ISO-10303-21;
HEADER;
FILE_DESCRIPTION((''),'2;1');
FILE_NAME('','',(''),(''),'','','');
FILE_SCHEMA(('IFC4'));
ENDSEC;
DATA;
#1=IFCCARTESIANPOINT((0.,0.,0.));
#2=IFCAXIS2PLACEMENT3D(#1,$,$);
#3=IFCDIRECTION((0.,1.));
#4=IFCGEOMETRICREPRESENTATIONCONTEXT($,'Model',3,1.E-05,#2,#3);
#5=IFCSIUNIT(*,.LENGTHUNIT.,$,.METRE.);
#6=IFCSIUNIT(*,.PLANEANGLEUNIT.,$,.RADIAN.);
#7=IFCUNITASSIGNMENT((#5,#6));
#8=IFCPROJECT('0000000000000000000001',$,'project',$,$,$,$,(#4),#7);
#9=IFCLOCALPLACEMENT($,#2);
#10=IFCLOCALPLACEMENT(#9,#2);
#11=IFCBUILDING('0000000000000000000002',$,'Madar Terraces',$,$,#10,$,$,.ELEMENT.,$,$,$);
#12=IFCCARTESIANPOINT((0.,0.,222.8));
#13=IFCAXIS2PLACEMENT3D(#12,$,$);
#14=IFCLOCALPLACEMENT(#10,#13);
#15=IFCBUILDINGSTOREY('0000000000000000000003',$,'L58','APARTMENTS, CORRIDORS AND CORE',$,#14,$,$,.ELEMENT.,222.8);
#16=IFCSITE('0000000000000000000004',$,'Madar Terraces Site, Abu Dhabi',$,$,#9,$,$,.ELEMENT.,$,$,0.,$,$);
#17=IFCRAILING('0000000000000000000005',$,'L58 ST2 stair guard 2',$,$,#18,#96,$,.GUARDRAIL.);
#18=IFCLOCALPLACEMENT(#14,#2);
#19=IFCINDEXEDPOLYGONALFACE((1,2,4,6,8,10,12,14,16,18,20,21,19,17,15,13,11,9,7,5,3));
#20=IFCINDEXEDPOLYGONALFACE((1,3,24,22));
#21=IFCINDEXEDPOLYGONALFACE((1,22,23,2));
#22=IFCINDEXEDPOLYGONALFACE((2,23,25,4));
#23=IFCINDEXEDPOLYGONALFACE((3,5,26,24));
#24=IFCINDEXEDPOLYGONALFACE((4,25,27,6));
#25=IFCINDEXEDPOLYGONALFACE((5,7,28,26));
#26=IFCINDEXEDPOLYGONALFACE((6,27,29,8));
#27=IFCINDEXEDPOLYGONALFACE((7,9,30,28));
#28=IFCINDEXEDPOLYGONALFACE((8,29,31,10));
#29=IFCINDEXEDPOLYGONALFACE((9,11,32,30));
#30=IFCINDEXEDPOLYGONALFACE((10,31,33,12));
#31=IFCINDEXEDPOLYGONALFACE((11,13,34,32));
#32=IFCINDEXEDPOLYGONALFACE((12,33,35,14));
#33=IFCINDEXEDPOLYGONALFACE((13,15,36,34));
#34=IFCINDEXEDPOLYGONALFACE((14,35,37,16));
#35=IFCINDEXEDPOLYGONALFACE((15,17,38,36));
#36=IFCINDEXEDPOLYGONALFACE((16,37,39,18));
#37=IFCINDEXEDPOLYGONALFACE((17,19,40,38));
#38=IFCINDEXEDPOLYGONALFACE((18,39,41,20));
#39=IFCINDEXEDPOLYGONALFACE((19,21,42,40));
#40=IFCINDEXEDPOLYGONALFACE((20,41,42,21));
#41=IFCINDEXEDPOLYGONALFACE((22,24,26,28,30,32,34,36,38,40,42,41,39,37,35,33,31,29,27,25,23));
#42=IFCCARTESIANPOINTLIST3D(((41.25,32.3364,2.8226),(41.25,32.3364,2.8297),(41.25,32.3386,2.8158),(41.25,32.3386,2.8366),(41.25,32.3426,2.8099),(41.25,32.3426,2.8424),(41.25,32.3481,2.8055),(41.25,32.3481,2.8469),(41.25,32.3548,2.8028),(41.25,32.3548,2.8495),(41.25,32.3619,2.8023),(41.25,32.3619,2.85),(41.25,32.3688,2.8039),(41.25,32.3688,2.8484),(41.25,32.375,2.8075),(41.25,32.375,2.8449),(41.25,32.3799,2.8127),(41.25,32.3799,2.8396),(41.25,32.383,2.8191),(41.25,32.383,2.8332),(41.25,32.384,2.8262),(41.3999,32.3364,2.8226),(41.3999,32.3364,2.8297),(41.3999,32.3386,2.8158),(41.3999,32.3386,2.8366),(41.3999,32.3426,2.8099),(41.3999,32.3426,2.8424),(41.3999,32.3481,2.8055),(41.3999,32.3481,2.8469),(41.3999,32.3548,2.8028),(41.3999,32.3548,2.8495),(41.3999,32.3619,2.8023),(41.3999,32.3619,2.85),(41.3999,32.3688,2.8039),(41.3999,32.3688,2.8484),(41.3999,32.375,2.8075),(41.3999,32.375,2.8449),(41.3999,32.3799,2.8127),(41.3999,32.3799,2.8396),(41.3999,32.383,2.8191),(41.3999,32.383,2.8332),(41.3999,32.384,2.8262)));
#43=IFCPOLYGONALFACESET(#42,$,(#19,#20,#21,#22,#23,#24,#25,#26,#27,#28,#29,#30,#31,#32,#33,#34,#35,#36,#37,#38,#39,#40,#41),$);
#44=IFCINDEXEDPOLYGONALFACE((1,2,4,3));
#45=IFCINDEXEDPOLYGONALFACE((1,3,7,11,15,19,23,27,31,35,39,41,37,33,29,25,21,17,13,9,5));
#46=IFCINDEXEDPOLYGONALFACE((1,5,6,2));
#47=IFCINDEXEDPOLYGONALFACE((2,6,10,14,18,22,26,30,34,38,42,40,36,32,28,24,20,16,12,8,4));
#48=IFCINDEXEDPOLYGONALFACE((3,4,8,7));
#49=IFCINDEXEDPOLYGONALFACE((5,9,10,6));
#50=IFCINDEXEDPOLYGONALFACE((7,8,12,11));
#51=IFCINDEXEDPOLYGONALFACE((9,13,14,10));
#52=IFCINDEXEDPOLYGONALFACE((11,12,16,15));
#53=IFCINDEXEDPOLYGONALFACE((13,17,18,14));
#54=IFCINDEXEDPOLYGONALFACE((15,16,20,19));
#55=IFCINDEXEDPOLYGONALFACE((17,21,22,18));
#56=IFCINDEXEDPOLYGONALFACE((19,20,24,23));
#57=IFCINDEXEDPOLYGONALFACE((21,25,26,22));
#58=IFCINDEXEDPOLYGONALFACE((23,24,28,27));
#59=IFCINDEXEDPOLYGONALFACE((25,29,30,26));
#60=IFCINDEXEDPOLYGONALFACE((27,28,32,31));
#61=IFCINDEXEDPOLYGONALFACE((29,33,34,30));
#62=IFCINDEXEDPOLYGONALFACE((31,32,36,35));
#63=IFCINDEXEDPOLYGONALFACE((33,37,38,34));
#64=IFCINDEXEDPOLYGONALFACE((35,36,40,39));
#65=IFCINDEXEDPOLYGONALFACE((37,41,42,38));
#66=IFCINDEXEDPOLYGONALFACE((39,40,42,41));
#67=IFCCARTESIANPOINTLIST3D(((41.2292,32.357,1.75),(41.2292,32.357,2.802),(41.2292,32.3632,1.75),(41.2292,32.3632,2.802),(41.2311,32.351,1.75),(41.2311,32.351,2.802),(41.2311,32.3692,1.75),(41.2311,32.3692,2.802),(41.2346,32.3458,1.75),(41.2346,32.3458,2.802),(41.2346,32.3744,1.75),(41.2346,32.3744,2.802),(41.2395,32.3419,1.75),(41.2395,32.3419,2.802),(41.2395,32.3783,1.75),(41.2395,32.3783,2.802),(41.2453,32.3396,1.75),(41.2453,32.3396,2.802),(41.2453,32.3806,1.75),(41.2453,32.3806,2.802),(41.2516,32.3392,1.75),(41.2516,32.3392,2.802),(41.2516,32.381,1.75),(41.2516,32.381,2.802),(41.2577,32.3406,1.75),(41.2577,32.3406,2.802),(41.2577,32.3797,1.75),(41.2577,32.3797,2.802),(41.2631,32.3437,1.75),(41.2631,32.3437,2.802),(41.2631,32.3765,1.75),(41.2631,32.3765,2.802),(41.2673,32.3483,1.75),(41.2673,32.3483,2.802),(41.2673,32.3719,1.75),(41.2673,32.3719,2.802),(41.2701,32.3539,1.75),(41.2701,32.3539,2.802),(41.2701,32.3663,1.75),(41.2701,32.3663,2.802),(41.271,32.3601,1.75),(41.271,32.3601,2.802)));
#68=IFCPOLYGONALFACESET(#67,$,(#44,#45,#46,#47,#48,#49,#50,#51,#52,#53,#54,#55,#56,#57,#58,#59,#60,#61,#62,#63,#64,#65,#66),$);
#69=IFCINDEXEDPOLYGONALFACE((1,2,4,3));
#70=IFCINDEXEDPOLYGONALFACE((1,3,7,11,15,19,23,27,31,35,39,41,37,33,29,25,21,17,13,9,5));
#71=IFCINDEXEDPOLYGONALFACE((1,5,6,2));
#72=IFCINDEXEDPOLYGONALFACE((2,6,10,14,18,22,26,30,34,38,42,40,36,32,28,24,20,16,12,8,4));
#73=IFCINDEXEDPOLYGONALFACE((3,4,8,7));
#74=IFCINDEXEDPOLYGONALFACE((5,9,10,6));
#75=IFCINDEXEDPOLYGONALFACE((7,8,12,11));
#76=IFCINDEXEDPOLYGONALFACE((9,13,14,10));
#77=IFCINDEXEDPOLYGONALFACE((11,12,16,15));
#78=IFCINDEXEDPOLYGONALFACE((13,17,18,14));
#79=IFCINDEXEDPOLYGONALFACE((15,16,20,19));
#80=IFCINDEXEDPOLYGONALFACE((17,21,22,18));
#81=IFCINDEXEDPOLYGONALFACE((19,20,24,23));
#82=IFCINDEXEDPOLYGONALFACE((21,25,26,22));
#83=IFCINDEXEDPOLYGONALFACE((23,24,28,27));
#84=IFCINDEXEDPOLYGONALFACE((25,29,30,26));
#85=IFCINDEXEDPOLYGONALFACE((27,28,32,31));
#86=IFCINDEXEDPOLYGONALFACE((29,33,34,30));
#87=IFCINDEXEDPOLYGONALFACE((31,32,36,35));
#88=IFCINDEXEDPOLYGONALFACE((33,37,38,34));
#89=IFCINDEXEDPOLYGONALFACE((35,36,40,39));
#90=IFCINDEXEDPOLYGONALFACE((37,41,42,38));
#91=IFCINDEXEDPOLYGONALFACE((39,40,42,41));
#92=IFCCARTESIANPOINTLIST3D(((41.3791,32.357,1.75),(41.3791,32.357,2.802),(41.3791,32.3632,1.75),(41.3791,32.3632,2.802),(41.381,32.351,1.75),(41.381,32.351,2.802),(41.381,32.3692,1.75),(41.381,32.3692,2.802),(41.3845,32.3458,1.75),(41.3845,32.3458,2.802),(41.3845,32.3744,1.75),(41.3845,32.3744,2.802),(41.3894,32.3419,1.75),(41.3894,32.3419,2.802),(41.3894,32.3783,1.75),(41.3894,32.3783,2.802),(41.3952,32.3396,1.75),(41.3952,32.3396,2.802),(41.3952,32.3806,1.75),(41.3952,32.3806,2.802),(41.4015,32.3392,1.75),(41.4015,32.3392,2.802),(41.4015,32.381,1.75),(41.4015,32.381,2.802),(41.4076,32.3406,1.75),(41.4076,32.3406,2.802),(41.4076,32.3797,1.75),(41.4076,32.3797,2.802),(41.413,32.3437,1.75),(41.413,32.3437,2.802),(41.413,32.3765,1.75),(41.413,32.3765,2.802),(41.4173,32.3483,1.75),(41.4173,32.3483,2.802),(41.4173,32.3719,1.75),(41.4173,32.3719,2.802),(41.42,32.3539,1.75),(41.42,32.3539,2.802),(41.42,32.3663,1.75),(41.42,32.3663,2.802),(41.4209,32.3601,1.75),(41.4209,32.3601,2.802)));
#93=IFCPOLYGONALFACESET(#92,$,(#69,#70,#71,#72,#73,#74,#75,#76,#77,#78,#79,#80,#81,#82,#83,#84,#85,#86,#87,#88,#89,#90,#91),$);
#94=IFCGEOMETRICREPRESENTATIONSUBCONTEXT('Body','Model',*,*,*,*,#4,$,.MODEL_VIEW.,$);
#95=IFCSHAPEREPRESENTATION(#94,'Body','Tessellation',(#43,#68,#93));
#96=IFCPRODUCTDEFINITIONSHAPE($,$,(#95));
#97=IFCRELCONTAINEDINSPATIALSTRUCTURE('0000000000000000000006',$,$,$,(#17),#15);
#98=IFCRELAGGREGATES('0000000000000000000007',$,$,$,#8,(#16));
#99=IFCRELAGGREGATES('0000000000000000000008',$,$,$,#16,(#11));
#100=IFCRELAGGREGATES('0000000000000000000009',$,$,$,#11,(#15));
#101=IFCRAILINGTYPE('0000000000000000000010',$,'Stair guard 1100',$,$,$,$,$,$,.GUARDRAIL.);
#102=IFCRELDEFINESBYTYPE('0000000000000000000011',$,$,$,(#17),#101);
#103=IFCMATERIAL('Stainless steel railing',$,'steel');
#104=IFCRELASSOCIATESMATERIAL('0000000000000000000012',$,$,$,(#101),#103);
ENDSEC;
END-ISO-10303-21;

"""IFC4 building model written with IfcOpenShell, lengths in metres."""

from ifc_helpers import new_model, si_unit, direction, frame, origin, origin_2d, place, context, subcontext, project, spatial, circle, extrude, material, type_object, element, save


model = new_model("IFC4")

# Units and contexts
model_context = context("Model", 3, precision=1e-05, world=origin(), true_north=direction((0.0, 1.0)))
body_context = subcontext(model_context, "Body", "Model", "MODEL_VIEW")
ifc_project = project(units=[si_unit("LENGTHUNIT", "METRE"), si_unit("PLANEANGLEUNIT", "RADIAN")], contexts=[model_context])

# Site, building, storey
site_placement = place(None, origin())
site = spatial("IfcSite", under=ifc_project, at=site_placement, Name="Madar Terraces Site, Abu Dhabi", CompositionType="ELEMENT", RefElevation=0.0)
building_placement = place(site_placement, origin())
building = spatial("IfcBuilding", under=site, at=building_placement, Name="Madar Terraces", CompositionType="ELEMENT")
storey_placement = place(building_placement, frame((0.0, 0.0, 222.8)))
storey = spatial("IfcBuildingStorey", under=building, at=storey_placement, Name="L58", Description="APARTMENTS, CORRIDORS AND CORE", CompositionType="ELEMENT", Elevation=222.8)

# Railing
ifc_material_1 = material(Name="Stainless steel railing", Category="steel")
railing_type_1 = type_object("IfcRailingType", Name="Stair guard 1100", PredefinedType="GUARDRAIL", material=ifc_material_1)
railing_1_placement = place(storey_placement, frame((41.25, 32.3601, 1.75)))
element("IfcRailing", 1, at=railing_1_placement, inside=storey, type_object=railing_type_1, Name="L58 ST2 stair guard 2", PredefinedType="GUARDRAIL", context=body_context, shape_type="SweptSolid", body=[
    extrude(circle(Radius=0.0239, at=origin_2d()), frame((0.0, 0.0, 1.0762), z_axis=(1.0, 0.0, 0.0), x_axis=(0.0, 1.0, 0.0)), (0.0, 0.0, 1.0), 0.1499),
    extrude(circle(Radius=0.021, at=origin_2d()), origin(), (0.0, 0.0, 1.0), 1.052),
    extrude(circle(Radius=0.021, at=origin_2d()), frame((0.1499, 0.0, 0.0)), (0.0, 0.0, 1.0), 1.052),
])

save(model, "model.ifc")
